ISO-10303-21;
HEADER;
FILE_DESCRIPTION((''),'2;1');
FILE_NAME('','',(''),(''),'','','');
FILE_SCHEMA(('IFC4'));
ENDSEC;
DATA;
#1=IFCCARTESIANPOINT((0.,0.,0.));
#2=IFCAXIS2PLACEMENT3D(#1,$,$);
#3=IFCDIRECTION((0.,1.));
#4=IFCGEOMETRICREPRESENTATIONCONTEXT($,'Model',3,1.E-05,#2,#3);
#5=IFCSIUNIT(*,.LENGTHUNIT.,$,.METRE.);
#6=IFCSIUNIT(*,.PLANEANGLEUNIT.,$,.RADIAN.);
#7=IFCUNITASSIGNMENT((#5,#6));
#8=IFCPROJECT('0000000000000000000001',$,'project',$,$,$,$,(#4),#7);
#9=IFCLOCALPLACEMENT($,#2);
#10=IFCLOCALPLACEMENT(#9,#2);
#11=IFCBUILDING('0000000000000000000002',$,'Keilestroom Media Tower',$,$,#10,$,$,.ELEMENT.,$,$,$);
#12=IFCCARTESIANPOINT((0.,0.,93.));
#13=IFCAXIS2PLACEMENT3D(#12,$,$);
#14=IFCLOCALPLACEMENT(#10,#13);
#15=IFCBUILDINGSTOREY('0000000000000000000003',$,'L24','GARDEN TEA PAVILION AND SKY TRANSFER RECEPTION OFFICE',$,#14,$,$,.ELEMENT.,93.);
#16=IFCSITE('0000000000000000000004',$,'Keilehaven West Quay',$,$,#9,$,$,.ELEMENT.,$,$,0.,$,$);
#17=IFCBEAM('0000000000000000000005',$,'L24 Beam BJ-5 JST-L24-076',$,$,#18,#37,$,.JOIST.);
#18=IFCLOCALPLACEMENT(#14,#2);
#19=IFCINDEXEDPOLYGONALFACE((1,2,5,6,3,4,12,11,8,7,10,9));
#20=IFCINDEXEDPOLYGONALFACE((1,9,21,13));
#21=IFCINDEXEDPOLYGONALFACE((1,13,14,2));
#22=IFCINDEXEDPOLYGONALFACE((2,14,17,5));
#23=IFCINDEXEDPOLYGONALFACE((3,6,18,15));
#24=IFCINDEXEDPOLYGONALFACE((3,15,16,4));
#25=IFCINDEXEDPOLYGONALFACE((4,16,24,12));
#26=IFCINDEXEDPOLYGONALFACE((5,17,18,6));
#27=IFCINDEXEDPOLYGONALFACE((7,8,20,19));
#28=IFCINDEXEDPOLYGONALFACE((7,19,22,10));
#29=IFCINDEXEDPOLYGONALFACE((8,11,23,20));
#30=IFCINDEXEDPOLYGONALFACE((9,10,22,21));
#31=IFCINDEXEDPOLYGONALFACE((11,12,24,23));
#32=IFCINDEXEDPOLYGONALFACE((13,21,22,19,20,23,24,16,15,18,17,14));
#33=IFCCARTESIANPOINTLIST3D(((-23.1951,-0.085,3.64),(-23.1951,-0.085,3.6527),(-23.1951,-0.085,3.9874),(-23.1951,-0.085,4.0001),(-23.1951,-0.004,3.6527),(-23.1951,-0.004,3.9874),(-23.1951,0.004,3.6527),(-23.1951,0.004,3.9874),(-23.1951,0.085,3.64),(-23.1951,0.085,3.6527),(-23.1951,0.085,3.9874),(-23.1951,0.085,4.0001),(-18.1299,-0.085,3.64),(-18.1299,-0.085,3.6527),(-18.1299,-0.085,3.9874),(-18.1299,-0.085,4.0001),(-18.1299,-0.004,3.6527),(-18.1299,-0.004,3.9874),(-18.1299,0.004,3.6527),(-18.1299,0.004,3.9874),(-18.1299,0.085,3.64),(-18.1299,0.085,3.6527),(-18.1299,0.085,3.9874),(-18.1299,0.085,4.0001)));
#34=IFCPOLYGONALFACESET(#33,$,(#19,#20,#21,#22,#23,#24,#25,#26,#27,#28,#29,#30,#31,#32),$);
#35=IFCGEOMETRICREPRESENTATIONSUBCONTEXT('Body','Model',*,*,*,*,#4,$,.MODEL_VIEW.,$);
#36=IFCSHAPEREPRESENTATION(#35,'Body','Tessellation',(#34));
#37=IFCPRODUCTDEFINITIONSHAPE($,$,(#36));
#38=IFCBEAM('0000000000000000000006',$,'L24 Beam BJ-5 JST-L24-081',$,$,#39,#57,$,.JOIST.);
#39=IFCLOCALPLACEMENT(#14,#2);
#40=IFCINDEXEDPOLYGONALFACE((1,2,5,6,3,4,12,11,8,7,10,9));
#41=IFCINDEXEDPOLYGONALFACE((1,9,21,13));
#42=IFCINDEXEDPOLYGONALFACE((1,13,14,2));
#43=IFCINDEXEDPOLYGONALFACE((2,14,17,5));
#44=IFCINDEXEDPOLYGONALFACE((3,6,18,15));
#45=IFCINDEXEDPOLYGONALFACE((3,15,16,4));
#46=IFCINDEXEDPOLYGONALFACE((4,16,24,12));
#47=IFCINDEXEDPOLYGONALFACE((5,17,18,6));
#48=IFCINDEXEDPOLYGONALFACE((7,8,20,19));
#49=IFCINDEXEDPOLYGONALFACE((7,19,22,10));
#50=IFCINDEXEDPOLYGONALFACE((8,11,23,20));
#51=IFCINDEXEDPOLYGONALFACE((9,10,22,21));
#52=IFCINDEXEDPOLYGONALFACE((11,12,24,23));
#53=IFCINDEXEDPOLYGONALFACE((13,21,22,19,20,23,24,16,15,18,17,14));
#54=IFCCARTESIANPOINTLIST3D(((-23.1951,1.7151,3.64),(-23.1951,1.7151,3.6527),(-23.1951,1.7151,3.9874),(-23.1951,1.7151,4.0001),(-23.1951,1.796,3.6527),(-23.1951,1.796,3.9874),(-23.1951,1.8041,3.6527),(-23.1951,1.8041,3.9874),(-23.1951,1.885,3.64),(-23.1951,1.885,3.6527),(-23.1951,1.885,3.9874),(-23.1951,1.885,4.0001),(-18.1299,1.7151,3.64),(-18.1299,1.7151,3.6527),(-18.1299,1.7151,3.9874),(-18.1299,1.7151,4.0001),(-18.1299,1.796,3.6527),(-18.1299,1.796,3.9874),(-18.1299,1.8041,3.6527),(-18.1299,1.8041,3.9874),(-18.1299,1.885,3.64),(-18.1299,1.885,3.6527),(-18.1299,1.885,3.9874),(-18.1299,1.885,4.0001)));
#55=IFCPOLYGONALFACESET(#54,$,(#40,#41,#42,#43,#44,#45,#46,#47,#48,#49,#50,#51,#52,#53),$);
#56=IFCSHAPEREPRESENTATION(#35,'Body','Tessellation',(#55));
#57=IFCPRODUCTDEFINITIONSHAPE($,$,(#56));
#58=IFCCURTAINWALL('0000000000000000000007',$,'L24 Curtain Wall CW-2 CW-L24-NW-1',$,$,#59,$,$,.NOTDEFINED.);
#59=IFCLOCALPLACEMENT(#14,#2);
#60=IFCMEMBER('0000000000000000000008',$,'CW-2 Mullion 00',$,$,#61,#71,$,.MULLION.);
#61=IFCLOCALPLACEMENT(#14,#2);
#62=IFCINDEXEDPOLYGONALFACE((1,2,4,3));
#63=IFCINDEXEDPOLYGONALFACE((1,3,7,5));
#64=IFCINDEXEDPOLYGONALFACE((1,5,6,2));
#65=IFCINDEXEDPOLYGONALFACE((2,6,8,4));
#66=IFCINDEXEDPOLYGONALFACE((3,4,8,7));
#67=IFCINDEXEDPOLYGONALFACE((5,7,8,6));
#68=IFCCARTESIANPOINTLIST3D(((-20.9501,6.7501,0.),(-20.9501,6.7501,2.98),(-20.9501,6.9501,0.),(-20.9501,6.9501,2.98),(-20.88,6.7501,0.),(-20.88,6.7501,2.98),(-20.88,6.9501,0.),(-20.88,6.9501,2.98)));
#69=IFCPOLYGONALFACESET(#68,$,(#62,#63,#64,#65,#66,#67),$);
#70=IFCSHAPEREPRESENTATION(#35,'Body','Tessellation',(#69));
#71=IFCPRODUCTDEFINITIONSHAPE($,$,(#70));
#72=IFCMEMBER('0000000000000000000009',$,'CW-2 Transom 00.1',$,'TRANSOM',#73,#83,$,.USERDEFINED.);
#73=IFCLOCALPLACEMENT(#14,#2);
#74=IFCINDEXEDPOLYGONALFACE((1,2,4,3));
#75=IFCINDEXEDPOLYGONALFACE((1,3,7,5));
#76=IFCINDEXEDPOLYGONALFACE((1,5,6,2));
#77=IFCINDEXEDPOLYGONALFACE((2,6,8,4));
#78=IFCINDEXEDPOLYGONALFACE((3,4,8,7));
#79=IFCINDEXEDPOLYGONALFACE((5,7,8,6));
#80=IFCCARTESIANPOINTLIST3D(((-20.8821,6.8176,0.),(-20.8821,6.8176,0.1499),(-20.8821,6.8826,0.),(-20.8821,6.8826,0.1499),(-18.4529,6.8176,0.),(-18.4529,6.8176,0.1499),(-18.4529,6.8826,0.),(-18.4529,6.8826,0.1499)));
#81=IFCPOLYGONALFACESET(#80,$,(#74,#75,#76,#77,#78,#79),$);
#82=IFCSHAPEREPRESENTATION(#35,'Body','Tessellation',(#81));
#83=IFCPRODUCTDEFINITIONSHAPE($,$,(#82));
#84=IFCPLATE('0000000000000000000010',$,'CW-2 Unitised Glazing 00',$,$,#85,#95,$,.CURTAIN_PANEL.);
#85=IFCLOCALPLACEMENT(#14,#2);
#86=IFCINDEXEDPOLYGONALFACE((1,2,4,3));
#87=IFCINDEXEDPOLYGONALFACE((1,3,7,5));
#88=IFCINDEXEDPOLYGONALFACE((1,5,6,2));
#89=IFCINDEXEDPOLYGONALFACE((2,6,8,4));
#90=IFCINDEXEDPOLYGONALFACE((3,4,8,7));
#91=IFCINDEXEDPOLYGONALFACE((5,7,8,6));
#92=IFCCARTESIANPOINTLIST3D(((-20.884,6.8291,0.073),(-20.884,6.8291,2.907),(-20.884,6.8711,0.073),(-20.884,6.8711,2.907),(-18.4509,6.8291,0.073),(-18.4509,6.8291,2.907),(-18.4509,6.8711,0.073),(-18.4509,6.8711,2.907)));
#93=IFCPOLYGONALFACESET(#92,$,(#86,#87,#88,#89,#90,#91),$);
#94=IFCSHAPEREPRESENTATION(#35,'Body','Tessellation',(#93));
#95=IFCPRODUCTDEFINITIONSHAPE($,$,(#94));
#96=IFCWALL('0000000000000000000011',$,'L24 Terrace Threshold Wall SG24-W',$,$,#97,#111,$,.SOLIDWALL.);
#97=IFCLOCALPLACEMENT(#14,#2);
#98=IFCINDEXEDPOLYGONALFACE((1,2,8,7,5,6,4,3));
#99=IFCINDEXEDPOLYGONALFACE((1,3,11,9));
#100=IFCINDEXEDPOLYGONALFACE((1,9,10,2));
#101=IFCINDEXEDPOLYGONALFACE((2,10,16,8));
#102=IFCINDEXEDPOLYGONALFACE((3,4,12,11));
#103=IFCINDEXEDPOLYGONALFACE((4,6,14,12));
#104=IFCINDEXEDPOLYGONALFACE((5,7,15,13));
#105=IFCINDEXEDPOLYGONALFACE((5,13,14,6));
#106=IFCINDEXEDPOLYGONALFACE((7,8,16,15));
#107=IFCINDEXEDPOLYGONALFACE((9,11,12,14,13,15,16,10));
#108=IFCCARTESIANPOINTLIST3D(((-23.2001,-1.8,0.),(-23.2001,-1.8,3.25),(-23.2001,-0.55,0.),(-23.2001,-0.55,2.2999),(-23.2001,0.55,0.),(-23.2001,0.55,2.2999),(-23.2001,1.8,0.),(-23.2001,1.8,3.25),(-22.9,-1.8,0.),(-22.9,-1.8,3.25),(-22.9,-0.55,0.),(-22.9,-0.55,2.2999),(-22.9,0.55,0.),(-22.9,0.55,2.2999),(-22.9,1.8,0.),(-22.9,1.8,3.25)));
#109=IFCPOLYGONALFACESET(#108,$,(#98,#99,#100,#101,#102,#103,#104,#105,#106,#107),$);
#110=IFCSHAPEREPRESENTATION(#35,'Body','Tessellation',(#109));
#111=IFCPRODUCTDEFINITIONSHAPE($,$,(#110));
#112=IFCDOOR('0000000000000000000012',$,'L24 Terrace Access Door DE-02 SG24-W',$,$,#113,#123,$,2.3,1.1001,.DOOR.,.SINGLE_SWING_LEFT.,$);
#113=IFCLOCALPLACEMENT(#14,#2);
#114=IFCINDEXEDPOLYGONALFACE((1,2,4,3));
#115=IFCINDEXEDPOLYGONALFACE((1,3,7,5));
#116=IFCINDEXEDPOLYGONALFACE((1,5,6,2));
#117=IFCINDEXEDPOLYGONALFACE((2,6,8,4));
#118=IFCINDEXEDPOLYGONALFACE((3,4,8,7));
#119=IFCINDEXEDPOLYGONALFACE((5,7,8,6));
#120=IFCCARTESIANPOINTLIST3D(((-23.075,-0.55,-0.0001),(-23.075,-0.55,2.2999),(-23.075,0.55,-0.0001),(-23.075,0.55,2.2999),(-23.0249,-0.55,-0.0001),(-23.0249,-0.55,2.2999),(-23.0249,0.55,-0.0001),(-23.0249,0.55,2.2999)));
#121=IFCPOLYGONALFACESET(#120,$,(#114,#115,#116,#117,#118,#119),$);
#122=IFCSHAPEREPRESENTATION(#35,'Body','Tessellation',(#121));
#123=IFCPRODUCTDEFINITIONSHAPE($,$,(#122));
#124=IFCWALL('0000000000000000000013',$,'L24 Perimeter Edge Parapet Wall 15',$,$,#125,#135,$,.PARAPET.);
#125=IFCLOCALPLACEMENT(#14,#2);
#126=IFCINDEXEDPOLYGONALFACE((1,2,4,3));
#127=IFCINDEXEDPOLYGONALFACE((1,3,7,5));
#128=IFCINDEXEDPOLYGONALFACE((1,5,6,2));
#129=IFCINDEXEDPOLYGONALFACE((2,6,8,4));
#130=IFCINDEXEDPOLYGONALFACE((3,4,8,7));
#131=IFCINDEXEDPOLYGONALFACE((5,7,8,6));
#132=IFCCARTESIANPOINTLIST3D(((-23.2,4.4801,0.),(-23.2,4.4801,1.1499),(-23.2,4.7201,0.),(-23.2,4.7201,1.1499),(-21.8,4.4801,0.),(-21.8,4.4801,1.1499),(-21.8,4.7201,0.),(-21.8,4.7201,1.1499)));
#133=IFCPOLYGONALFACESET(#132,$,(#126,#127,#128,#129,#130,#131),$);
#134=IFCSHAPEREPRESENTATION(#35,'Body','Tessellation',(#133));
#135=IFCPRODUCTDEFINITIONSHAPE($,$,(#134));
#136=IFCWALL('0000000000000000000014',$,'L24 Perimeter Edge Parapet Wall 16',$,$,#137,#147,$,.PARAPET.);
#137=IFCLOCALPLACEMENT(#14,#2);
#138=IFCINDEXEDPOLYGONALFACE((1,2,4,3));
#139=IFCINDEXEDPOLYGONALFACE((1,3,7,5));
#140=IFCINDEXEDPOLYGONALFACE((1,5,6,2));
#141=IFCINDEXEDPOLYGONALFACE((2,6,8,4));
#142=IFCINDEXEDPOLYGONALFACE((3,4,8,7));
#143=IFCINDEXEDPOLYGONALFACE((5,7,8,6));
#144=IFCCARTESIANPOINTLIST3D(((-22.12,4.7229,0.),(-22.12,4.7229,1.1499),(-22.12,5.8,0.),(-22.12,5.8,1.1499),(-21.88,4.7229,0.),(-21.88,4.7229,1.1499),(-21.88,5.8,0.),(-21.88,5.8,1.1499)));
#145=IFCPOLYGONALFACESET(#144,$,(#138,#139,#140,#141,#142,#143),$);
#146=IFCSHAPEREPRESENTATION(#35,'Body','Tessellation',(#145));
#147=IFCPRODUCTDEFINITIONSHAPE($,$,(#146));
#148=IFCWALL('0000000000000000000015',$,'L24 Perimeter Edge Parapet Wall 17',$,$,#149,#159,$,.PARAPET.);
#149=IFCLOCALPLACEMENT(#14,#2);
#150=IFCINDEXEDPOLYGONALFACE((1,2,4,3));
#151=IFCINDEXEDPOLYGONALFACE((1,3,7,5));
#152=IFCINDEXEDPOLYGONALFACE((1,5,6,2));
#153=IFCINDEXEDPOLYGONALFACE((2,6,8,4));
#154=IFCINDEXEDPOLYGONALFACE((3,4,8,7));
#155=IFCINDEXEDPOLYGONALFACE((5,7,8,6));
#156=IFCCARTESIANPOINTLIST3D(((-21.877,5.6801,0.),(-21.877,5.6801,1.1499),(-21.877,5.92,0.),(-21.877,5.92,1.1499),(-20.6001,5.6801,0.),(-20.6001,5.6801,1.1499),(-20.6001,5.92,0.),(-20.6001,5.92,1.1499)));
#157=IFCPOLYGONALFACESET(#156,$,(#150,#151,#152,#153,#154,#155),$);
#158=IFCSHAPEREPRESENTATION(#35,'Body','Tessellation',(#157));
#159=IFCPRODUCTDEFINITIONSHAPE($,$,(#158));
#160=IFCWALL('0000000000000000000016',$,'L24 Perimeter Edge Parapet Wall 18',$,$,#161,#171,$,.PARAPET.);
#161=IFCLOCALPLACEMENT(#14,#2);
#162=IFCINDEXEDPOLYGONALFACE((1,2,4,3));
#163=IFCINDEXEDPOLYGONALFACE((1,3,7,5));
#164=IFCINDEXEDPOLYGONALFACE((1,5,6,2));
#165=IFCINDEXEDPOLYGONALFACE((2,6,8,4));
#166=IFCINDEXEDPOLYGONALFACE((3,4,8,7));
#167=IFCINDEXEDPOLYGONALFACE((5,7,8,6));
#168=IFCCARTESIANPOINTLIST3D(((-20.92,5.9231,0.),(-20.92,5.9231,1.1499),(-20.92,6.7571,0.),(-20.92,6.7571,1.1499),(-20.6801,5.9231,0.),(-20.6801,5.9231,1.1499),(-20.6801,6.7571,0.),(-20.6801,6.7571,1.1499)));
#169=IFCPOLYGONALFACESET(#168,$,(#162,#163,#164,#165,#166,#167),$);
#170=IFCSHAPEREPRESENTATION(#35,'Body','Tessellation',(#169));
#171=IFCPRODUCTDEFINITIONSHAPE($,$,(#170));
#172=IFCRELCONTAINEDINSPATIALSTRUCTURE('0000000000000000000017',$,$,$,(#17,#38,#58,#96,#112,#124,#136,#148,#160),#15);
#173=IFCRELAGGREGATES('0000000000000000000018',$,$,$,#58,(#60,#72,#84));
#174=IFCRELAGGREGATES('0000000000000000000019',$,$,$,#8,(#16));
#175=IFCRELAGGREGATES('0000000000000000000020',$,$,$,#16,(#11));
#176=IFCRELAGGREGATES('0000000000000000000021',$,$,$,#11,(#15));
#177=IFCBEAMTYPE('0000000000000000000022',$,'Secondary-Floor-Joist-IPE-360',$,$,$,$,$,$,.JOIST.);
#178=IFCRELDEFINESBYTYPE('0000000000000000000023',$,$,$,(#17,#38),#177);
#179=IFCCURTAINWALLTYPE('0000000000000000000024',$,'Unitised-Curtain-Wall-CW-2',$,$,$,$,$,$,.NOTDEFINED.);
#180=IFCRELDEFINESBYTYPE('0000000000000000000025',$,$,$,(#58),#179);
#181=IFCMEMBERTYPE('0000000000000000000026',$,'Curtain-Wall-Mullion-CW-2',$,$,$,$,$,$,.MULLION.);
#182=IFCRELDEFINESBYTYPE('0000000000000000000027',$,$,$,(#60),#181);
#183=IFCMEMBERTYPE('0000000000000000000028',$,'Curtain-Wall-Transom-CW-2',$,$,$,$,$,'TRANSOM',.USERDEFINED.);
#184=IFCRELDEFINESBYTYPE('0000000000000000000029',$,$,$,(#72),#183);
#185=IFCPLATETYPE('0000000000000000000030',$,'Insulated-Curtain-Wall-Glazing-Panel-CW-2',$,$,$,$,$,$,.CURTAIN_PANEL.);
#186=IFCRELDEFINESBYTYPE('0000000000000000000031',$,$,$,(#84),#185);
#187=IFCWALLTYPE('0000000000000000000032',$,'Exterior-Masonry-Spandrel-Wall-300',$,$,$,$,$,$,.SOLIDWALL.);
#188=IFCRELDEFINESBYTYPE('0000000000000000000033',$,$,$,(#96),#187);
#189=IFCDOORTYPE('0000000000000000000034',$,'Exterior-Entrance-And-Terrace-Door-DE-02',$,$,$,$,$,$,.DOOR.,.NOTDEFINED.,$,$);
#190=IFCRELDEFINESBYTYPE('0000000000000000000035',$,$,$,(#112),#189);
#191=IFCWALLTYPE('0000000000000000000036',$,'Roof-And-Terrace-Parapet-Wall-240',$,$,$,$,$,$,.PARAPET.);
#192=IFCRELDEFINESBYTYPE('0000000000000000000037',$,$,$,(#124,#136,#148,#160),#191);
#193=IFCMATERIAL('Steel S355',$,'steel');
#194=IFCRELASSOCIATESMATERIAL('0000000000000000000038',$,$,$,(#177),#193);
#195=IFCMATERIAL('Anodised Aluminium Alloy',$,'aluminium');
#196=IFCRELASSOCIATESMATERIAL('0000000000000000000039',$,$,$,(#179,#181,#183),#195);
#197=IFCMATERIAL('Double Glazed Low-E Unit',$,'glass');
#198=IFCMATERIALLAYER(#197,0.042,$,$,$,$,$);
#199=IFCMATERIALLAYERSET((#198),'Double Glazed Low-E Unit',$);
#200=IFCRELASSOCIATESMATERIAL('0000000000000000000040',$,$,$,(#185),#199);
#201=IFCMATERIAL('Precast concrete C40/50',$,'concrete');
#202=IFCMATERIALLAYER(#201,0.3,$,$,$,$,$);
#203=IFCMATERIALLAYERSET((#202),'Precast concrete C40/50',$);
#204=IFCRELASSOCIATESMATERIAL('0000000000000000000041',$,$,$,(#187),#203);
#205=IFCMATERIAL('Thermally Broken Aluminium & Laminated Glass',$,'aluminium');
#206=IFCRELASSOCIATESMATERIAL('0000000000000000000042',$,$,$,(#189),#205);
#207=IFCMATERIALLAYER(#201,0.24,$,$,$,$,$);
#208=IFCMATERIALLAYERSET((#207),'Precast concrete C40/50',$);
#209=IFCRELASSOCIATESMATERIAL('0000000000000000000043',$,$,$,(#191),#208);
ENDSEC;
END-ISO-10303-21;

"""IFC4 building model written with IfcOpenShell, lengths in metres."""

from ifc_helpers import new_model, si_unit, direction, frame, frame_2d, origin, origin_2d, place, context, subcontext, project, spatial, rectangle, i_section, extrude, source, transform, mapped, material, layer, layer_set, material_profile, profile_set, type_object, element, fill, aggregate, save


model = new_model("IFC4")

# Units and contexts
model_context = context("Model", 3, precision=1e-05, world=origin(), true_north=direction((0.0, 1.0)))
body_context = subcontext(model_context, "Body", "Model", "MODEL_VIEW")
ifc_project = project(units=[si_unit("LENGTHUNIT", "METRE"), si_unit("PLANEANGLEUNIT", "RADIAN")], contexts=[model_context])

# Site, building, storey
site_placement = place(None, origin())
site = spatial("IfcSite", under=ifc_project, at=site_placement, Name="Keilehaven West Quay", CompositionType="ELEMENT", RefElevation=0.0)
building_placement = place(site_placement, origin())
building = spatial("IfcBuilding", under=site, at=building_placement, Name="Keilestroom Media Tower", CompositionType="ELEMENT")
storey_placement = place(building_placement, frame((0.0, 0.0, 93.0)))
storey = spatial("IfcBuildingStorey", under=building, at=storey_placement, Name="L24", Description="GARDEN TEA PAVILION AND SKY TRANSFER RECEPTION OFFICE", CompositionType="ELEMENT", Elevation=93.0)

# Shared definitions
ifc_material_1 = material(Name="Precast concrete C40/50", Category="concrete")
ifc_material_2 = material(Name="Steel S355", Category="steel")

# Beams
ifc_material_profile_1 = material_profile(ifc_material_2, i_section(OverallWidth=0.1699, OverallDepth=0.3601, WebThickness=0.0081, FlangeThickness=0.0127, at=origin_2d()), Name="IPE 360")
ifc_profile_set_1 = profile_set([ifc_material_profile_1], Name="Steel S355")
beam_type_1 = type_object("IfcBeamType", Name="Secondary-Floor-Joist-IPE-360", PredefinedType="JOIST", material=ifc_profile_set_1)
shared_shape_1 = source(origin(), body_context, "Body", "SweptSolid", [
    extrude(i_section(OverallWidth=0.1699, OverallDepth=0.3601, WebThickness=0.0081, FlangeThickness=0.0127, at=origin_2d()), origin(), (0.0, 0.0, 1.0), 5.0652),
])
for number, where, z_axis, x_axis, name in (
    (1, (-23.1951, 0.0, 3.8201), (1.0, 0.0, 0.0), (0.0, 1.0, 0.0), "L24 Beam BJ-5 JST-L24-076"),
    (2, (-23.1951, 1.8, 3.8201), (1.0, 0.0, 0.0), (0.0, 1.0, 0.0), "L24 Beam BJ-5 JST-L24-081"),
):
    element("IfcBeam", number, at=place(storey_placement, frame(where, z_axis=z_axis, x_axis=x_axis)), inside=storey, type_object=beam_type_1, Name=name, PredefinedType="JOIST", context=body_context, shape_type="MappedRepresentation", body=[
        mapped(shared_shape_1, transform((0.0, 0.0, 0.0), x_axis=(1.0, 0.0, 0.0), y_axis=(0.0, 1.0, 0.0), z_axis=(0.0, 0.0, 1.0), scale=1.0)),
    ])

# Curtain wall, members, plate
ifc_material_3 = material(Name="Anodised Aluminium Alloy", Category="aluminium")
curtain_wall_type = type_object("IfcCurtainWallType", Name="Unitised-Curtain-Wall-CW-2", PredefinedType="NOTDEFINED", material=ifc_material_3)
curtain_wall_placement = place(storey_placement, origin())
curtain_wall = element("IfcCurtainWall", 3, at=curtain_wall_placement, inside=storey, type_object=curtain_wall_type, Name="L24 Curtain Wall CW-2 CW-L24-NW-1", PredefinedType="NOTDEFINED")
ifc_material_profile_2 = material_profile(ifc_material_3, rectangle(XDim=0.0701, YDim=0.2, at=origin_2d()), Name="ALU MULLION 70x200")
ifc_profile_set_2 = profile_set([ifc_material_profile_2], Name="Anodised Aluminium Alloy")
member_type_1 = type_object("IfcMemberType", Name="Curtain-Wall-Mullion-CW-2", PredefinedType="MULLION", material=ifc_profile_set_2)
shared_shape_2 = source(origin(), body_context, "Body", "SweptSolid", [
    extrude(rectangle(XDim=0.0701, YDim=0.2, at=origin_2d()), origin(), (0.0, 0.0, 1.0), 2.98),
])
member_1_placement = place(storey_placement, frame((-20.915, 6.8501, 0.0), z_axis=(0.0, 0.0, 1.0), x_axis=(1.0, 0.0, 0.0)))
member_1 = element("IfcMember", 4, at=member_1_placement, type_object=member_type_1, Name="CW-2 Mullion 00", PredefinedType="MULLION", context=body_context, shape_type="MappedRepresentation", body=[
    mapped(shared_shape_2, transform((0.0, 0.0, 0.0), x_axis=(1.0, 0.0, 0.0), y_axis=(0.0, 1.0, 0.0), z_axis=(0.0, 0.0, 1.0), scale=1.0)),
])
ifc_material_profile_3 = material_profile(ifc_material_3, rectangle(XDim=0.0649, YDim=0.1499, at=origin_2d()), Name="ALU TRANSOM 65x150")
ifc_profile_set_3 = profile_set([ifc_material_profile_3], Name="Anodised Aluminium Alloy")
member_type_2 = type_object("IfcMemberType", Name="Curtain-Wall-Transom-CW-2", ElementType="TRANSOM", PredefinedType="USERDEFINED", material=ifc_profile_set_3)
shared_shape_3 = source(origin(), body_context, "Body", "SweptSolid", [
    extrude(rectangle(XDim=0.0649, YDim=0.1499, at=origin_2d()), origin(), (0.0, 0.0, 1.0), 2.4292),
])
member_2_placement = place(storey_placement, frame((-20.8821, 6.8501, 0.075), z_axis=(1.0, 0.0, 0.0), x_axis=(0.0, 1.0, 0.0)))
member_2 = element("IfcMember", 5, at=member_2_placement, type_object=member_type_2, Name="CW-2 Transom 00.1", ObjectType="TRANSOM", PredefinedType="USERDEFINED", context=body_context, shape_type="MappedRepresentation", body=[
    mapped(shared_shape_3, transform((0.0, 0.0, 0.0), x_axis=(1.0, 0.0, 0.0), y_axis=(0.0, 1.0, 0.0), z_axis=(0.0, 0.0, 1.0), scale=1.0)),
])
ifc_material_4 = material(Name="Double Glazed Low-E Unit", Category="glass")
ifc_layer_1 = layer(ifc_material_4, 0.042)
ifc_layer_set_1 = layer_set([ifc_layer_1], Name="Double Glazed Low-E Unit")
plate_type = type_object("IfcPlateType", Name="Insulated-Curtain-Wall-Glazing-Panel-CW-2", PredefinedType="CURTAIN_PANEL", material=ifc_layer_set_1)
shared_shape_4 = source(origin(), body_context, "Body", "SweptSolid", [
    extrude(rectangle(XDim=2.4331, YDim=0.042, at=origin_2d()), origin(), (0.0, 0.0, 1.0), 2.834),
])
plate_placement = place(storey_placement, frame((-19.6675, 6.8501, 0.073), z_axis=(0.0, 0.0, 1.0), x_axis=(1.0, 0.0, 0.0)))
plate = element("IfcPlate", 6, at=plate_placement, type_object=plate_type, Name="CW-2 Unitised Glazing 00", PredefinedType="CURTAIN_PANEL", context=body_context, shape_type="MappedRepresentation", body=[
    mapped(shared_shape_4, transform((0.0, 0.0, 0.0), x_axis=(1.0, 0.0, 0.0), y_axis=(0.0, 1.0, 0.0), z_axis=(0.0, 0.0, 1.0), scale=1.0)),
])
aggregate(curtain_wall, [member_1, member_2, plate])

# Wall, opening, door
ifc_layer_2 = layer(ifc_material_1, 0.3)
ifc_layer_set_2 = layer_set([ifc_layer_2], Name="Precast concrete C40/50")
wall_type_1 = type_object("IfcWallType", Name="Exterior-Masonry-Spandrel-Wall-300", PredefinedType="SOLIDWALL", material=ifc_layer_set_2)
wall_1_placement = place(storey_placement, frame((-23.05, -1.8, 0.0), z_axis=(0.0, 0.0, 1.0), x_axis=(0.0, 1.0, 0.0)))
wall_1 = element("IfcWall", 7, at=wall_1_placement, inside=storey, type_object=wall_type_1, Name="L24 Terrace Threshold Wall SG24-W", PredefinedType="SOLIDWALL", context=body_context, shape_type="SweptSolid", body=[
    extrude(rectangle(XDim=3.6001, YDim=0.3, at=frame_2d((1.8, 0.0))), origin(), (0.0, 0.0, 1.0), 3.25),
])
opening_placement = place(wall_1_placement, frame((1.25, 0.0, 0.0)))
opening = element("IfcOpeningElement", 8, at=opening_placement, cuts=wall_1, PredefinedType="OPENING", context=body_context, shape_type="SweptSolid", body=[
    extrude(rectangle(XDim=1.1001, YDim=2.3, at=frame_2d((0.55, 1.1499))), frame((0.0, 0.1602, 0.0), z_axis=(0.0, -1.0, 0.0), x_axis=(1.0, 0.0, 0.0)), (0.0, 0.0, 1.0), 0.3201),
])
ifc_material_5 = material(Name="Thermally Broken Aluminium & Laminated Glass", Category="aluminium")
door_type = type_object("IfcDoorType", Name="Exterior-Entrance-And-Terrace-Door-DE-02", OperationType="NOTDEFINED", PredefinedType="DOOR", material=ifc_material_5)
shared_shape_5 = source(origin(), body_context, "Body", "SweptSolid", [
    extrude(rectangle(XDim=1.1001, YDim=2.3, at=frame_2d((0.55, 1.1499))), frame((0.0, 0.0249, 0.0), z_axis=(0.0, -1.0, 0.0), x_axis=(1.0, 0.0, 0.0)), (0.0, 0.0, 1.0), 0.05),
])
door_placement = place(opening_placement, origin())
door = element("IfcDoor", 9, at=door_placement, inside=storey, type_object=door_type, Name="L24 Terrace Access Door DE-02 SG24-W", OperationType="SINGLE_SWING_LEFT", OverallHeight=2.3, OverallWidth=1.1001, PredefinedType="DOOR", context=body_context, shape_type="MappedRepresentation", body=[
    mapped(shared_shape_5, transform((0.0, 0.0, 0.0), x_axis=(1.0, 0.0, 0.0), y_axis=(0.0, 1.0, 0.0), z_axis=(0.0, 0.0, 1.0), scale=1.0)),
])
fill(opening, door)

# Walls
ifc_layer_3 = layer(ifc_material_1, 0.24)
ifc_layer_set_3 = layer_set([ifc_layer_3], Name="Precast concrete C40/50")
wall_type_2 = type_object("IfcWallType", Name="Roof-And-Terrace-Parapet-Wall-240", PredefinedType="PARAPET", material=ifc_layer_set_3)
wall_2_placement = place(storey_placement, frame((-23.2, 4.6001, 0.0), z_axis=(0.0, 0.0, 1.0), x_axis=(1.0, 0.0, 0.0)))
element("IfcWall", 10, at=wall_2_placement, inside=storey, type_object=wall_type_2, Name="L24 Perimeter Edge Parapet Wall 15", PredefinedType="PARAPET", context=body_context, shape_type="SweptSolid", body=[
    extrude(rectangle(XDim=1.3999, YDim=0.24, at=frame_2d((0.7, 0.0))), origin(), (0.0, 0.0, 1.0), 1.1499),
])
wall_3_placement = place(storey_placement, frame((-22.0, 4.7229, 0.0), z_axis=(0.0, 0.0, 1.0), x_axis=(0.0, 1.0, 0.0)))
element("IfcWall", 11, at=wall_3_placement, inside=storey, type_object=wall_type_2, Name="L24 Perimeter Edge Parapet Wall 16", PredefinedType="PARAPET", context=body_context, shape_type="SweptSolid", body=[
    extrude(rectangle(XDim=1.0771, YDim=0.24, at=frame_2d((0.5386, 0.0))), origin(), (0.0, 0.0, 1.0), 1.1499),
])
wall_4_placement = place(storey_placement, frame((-21.877, 5.8, 0.0), z_axis=(0.0, 0.0, 1.0), x_axis=(1.0, 0.0, 0.0)))
element("IfcWall", 12, at=wall_4_placement, inside=storey, type_object=wall_type_2, Name="L24 Perimeter Edge Parapet Wall 17", PredefinedType="PARAPET", context=body_context, shape_type="SweptSolid", body=[
    extrude(rectangle(XDim=1.2769, YDim=0.24, at=frame_2d((0.6384, 0.0))), origin(), (0.0, 0.0, 1.0), 1.1499),
])
wall_5_placement = place(storey_placement, frame((-20.8, 5.9231, 0.0), z_axis=(0.0, 0.0, 1.0), x_axis=(0.0, 1.0, 0.0)))
element("IfcWall", 13, at=wall_5_placement, inside=storey, type_object=wall_type_2, Name="L24 Perimeter Edge Parapet Wall 18", PredefinedType="PARAPET", context=body_context, shape_type="SweptSolid", body=[
    extrude(rectangle(XDim=0.834, YDim=0.24, at=frame_2d((0.417, 0.0))), origin(), (0.0, 0.0, 1.0), 1.1499),
])

save(model, "model.ifc")
